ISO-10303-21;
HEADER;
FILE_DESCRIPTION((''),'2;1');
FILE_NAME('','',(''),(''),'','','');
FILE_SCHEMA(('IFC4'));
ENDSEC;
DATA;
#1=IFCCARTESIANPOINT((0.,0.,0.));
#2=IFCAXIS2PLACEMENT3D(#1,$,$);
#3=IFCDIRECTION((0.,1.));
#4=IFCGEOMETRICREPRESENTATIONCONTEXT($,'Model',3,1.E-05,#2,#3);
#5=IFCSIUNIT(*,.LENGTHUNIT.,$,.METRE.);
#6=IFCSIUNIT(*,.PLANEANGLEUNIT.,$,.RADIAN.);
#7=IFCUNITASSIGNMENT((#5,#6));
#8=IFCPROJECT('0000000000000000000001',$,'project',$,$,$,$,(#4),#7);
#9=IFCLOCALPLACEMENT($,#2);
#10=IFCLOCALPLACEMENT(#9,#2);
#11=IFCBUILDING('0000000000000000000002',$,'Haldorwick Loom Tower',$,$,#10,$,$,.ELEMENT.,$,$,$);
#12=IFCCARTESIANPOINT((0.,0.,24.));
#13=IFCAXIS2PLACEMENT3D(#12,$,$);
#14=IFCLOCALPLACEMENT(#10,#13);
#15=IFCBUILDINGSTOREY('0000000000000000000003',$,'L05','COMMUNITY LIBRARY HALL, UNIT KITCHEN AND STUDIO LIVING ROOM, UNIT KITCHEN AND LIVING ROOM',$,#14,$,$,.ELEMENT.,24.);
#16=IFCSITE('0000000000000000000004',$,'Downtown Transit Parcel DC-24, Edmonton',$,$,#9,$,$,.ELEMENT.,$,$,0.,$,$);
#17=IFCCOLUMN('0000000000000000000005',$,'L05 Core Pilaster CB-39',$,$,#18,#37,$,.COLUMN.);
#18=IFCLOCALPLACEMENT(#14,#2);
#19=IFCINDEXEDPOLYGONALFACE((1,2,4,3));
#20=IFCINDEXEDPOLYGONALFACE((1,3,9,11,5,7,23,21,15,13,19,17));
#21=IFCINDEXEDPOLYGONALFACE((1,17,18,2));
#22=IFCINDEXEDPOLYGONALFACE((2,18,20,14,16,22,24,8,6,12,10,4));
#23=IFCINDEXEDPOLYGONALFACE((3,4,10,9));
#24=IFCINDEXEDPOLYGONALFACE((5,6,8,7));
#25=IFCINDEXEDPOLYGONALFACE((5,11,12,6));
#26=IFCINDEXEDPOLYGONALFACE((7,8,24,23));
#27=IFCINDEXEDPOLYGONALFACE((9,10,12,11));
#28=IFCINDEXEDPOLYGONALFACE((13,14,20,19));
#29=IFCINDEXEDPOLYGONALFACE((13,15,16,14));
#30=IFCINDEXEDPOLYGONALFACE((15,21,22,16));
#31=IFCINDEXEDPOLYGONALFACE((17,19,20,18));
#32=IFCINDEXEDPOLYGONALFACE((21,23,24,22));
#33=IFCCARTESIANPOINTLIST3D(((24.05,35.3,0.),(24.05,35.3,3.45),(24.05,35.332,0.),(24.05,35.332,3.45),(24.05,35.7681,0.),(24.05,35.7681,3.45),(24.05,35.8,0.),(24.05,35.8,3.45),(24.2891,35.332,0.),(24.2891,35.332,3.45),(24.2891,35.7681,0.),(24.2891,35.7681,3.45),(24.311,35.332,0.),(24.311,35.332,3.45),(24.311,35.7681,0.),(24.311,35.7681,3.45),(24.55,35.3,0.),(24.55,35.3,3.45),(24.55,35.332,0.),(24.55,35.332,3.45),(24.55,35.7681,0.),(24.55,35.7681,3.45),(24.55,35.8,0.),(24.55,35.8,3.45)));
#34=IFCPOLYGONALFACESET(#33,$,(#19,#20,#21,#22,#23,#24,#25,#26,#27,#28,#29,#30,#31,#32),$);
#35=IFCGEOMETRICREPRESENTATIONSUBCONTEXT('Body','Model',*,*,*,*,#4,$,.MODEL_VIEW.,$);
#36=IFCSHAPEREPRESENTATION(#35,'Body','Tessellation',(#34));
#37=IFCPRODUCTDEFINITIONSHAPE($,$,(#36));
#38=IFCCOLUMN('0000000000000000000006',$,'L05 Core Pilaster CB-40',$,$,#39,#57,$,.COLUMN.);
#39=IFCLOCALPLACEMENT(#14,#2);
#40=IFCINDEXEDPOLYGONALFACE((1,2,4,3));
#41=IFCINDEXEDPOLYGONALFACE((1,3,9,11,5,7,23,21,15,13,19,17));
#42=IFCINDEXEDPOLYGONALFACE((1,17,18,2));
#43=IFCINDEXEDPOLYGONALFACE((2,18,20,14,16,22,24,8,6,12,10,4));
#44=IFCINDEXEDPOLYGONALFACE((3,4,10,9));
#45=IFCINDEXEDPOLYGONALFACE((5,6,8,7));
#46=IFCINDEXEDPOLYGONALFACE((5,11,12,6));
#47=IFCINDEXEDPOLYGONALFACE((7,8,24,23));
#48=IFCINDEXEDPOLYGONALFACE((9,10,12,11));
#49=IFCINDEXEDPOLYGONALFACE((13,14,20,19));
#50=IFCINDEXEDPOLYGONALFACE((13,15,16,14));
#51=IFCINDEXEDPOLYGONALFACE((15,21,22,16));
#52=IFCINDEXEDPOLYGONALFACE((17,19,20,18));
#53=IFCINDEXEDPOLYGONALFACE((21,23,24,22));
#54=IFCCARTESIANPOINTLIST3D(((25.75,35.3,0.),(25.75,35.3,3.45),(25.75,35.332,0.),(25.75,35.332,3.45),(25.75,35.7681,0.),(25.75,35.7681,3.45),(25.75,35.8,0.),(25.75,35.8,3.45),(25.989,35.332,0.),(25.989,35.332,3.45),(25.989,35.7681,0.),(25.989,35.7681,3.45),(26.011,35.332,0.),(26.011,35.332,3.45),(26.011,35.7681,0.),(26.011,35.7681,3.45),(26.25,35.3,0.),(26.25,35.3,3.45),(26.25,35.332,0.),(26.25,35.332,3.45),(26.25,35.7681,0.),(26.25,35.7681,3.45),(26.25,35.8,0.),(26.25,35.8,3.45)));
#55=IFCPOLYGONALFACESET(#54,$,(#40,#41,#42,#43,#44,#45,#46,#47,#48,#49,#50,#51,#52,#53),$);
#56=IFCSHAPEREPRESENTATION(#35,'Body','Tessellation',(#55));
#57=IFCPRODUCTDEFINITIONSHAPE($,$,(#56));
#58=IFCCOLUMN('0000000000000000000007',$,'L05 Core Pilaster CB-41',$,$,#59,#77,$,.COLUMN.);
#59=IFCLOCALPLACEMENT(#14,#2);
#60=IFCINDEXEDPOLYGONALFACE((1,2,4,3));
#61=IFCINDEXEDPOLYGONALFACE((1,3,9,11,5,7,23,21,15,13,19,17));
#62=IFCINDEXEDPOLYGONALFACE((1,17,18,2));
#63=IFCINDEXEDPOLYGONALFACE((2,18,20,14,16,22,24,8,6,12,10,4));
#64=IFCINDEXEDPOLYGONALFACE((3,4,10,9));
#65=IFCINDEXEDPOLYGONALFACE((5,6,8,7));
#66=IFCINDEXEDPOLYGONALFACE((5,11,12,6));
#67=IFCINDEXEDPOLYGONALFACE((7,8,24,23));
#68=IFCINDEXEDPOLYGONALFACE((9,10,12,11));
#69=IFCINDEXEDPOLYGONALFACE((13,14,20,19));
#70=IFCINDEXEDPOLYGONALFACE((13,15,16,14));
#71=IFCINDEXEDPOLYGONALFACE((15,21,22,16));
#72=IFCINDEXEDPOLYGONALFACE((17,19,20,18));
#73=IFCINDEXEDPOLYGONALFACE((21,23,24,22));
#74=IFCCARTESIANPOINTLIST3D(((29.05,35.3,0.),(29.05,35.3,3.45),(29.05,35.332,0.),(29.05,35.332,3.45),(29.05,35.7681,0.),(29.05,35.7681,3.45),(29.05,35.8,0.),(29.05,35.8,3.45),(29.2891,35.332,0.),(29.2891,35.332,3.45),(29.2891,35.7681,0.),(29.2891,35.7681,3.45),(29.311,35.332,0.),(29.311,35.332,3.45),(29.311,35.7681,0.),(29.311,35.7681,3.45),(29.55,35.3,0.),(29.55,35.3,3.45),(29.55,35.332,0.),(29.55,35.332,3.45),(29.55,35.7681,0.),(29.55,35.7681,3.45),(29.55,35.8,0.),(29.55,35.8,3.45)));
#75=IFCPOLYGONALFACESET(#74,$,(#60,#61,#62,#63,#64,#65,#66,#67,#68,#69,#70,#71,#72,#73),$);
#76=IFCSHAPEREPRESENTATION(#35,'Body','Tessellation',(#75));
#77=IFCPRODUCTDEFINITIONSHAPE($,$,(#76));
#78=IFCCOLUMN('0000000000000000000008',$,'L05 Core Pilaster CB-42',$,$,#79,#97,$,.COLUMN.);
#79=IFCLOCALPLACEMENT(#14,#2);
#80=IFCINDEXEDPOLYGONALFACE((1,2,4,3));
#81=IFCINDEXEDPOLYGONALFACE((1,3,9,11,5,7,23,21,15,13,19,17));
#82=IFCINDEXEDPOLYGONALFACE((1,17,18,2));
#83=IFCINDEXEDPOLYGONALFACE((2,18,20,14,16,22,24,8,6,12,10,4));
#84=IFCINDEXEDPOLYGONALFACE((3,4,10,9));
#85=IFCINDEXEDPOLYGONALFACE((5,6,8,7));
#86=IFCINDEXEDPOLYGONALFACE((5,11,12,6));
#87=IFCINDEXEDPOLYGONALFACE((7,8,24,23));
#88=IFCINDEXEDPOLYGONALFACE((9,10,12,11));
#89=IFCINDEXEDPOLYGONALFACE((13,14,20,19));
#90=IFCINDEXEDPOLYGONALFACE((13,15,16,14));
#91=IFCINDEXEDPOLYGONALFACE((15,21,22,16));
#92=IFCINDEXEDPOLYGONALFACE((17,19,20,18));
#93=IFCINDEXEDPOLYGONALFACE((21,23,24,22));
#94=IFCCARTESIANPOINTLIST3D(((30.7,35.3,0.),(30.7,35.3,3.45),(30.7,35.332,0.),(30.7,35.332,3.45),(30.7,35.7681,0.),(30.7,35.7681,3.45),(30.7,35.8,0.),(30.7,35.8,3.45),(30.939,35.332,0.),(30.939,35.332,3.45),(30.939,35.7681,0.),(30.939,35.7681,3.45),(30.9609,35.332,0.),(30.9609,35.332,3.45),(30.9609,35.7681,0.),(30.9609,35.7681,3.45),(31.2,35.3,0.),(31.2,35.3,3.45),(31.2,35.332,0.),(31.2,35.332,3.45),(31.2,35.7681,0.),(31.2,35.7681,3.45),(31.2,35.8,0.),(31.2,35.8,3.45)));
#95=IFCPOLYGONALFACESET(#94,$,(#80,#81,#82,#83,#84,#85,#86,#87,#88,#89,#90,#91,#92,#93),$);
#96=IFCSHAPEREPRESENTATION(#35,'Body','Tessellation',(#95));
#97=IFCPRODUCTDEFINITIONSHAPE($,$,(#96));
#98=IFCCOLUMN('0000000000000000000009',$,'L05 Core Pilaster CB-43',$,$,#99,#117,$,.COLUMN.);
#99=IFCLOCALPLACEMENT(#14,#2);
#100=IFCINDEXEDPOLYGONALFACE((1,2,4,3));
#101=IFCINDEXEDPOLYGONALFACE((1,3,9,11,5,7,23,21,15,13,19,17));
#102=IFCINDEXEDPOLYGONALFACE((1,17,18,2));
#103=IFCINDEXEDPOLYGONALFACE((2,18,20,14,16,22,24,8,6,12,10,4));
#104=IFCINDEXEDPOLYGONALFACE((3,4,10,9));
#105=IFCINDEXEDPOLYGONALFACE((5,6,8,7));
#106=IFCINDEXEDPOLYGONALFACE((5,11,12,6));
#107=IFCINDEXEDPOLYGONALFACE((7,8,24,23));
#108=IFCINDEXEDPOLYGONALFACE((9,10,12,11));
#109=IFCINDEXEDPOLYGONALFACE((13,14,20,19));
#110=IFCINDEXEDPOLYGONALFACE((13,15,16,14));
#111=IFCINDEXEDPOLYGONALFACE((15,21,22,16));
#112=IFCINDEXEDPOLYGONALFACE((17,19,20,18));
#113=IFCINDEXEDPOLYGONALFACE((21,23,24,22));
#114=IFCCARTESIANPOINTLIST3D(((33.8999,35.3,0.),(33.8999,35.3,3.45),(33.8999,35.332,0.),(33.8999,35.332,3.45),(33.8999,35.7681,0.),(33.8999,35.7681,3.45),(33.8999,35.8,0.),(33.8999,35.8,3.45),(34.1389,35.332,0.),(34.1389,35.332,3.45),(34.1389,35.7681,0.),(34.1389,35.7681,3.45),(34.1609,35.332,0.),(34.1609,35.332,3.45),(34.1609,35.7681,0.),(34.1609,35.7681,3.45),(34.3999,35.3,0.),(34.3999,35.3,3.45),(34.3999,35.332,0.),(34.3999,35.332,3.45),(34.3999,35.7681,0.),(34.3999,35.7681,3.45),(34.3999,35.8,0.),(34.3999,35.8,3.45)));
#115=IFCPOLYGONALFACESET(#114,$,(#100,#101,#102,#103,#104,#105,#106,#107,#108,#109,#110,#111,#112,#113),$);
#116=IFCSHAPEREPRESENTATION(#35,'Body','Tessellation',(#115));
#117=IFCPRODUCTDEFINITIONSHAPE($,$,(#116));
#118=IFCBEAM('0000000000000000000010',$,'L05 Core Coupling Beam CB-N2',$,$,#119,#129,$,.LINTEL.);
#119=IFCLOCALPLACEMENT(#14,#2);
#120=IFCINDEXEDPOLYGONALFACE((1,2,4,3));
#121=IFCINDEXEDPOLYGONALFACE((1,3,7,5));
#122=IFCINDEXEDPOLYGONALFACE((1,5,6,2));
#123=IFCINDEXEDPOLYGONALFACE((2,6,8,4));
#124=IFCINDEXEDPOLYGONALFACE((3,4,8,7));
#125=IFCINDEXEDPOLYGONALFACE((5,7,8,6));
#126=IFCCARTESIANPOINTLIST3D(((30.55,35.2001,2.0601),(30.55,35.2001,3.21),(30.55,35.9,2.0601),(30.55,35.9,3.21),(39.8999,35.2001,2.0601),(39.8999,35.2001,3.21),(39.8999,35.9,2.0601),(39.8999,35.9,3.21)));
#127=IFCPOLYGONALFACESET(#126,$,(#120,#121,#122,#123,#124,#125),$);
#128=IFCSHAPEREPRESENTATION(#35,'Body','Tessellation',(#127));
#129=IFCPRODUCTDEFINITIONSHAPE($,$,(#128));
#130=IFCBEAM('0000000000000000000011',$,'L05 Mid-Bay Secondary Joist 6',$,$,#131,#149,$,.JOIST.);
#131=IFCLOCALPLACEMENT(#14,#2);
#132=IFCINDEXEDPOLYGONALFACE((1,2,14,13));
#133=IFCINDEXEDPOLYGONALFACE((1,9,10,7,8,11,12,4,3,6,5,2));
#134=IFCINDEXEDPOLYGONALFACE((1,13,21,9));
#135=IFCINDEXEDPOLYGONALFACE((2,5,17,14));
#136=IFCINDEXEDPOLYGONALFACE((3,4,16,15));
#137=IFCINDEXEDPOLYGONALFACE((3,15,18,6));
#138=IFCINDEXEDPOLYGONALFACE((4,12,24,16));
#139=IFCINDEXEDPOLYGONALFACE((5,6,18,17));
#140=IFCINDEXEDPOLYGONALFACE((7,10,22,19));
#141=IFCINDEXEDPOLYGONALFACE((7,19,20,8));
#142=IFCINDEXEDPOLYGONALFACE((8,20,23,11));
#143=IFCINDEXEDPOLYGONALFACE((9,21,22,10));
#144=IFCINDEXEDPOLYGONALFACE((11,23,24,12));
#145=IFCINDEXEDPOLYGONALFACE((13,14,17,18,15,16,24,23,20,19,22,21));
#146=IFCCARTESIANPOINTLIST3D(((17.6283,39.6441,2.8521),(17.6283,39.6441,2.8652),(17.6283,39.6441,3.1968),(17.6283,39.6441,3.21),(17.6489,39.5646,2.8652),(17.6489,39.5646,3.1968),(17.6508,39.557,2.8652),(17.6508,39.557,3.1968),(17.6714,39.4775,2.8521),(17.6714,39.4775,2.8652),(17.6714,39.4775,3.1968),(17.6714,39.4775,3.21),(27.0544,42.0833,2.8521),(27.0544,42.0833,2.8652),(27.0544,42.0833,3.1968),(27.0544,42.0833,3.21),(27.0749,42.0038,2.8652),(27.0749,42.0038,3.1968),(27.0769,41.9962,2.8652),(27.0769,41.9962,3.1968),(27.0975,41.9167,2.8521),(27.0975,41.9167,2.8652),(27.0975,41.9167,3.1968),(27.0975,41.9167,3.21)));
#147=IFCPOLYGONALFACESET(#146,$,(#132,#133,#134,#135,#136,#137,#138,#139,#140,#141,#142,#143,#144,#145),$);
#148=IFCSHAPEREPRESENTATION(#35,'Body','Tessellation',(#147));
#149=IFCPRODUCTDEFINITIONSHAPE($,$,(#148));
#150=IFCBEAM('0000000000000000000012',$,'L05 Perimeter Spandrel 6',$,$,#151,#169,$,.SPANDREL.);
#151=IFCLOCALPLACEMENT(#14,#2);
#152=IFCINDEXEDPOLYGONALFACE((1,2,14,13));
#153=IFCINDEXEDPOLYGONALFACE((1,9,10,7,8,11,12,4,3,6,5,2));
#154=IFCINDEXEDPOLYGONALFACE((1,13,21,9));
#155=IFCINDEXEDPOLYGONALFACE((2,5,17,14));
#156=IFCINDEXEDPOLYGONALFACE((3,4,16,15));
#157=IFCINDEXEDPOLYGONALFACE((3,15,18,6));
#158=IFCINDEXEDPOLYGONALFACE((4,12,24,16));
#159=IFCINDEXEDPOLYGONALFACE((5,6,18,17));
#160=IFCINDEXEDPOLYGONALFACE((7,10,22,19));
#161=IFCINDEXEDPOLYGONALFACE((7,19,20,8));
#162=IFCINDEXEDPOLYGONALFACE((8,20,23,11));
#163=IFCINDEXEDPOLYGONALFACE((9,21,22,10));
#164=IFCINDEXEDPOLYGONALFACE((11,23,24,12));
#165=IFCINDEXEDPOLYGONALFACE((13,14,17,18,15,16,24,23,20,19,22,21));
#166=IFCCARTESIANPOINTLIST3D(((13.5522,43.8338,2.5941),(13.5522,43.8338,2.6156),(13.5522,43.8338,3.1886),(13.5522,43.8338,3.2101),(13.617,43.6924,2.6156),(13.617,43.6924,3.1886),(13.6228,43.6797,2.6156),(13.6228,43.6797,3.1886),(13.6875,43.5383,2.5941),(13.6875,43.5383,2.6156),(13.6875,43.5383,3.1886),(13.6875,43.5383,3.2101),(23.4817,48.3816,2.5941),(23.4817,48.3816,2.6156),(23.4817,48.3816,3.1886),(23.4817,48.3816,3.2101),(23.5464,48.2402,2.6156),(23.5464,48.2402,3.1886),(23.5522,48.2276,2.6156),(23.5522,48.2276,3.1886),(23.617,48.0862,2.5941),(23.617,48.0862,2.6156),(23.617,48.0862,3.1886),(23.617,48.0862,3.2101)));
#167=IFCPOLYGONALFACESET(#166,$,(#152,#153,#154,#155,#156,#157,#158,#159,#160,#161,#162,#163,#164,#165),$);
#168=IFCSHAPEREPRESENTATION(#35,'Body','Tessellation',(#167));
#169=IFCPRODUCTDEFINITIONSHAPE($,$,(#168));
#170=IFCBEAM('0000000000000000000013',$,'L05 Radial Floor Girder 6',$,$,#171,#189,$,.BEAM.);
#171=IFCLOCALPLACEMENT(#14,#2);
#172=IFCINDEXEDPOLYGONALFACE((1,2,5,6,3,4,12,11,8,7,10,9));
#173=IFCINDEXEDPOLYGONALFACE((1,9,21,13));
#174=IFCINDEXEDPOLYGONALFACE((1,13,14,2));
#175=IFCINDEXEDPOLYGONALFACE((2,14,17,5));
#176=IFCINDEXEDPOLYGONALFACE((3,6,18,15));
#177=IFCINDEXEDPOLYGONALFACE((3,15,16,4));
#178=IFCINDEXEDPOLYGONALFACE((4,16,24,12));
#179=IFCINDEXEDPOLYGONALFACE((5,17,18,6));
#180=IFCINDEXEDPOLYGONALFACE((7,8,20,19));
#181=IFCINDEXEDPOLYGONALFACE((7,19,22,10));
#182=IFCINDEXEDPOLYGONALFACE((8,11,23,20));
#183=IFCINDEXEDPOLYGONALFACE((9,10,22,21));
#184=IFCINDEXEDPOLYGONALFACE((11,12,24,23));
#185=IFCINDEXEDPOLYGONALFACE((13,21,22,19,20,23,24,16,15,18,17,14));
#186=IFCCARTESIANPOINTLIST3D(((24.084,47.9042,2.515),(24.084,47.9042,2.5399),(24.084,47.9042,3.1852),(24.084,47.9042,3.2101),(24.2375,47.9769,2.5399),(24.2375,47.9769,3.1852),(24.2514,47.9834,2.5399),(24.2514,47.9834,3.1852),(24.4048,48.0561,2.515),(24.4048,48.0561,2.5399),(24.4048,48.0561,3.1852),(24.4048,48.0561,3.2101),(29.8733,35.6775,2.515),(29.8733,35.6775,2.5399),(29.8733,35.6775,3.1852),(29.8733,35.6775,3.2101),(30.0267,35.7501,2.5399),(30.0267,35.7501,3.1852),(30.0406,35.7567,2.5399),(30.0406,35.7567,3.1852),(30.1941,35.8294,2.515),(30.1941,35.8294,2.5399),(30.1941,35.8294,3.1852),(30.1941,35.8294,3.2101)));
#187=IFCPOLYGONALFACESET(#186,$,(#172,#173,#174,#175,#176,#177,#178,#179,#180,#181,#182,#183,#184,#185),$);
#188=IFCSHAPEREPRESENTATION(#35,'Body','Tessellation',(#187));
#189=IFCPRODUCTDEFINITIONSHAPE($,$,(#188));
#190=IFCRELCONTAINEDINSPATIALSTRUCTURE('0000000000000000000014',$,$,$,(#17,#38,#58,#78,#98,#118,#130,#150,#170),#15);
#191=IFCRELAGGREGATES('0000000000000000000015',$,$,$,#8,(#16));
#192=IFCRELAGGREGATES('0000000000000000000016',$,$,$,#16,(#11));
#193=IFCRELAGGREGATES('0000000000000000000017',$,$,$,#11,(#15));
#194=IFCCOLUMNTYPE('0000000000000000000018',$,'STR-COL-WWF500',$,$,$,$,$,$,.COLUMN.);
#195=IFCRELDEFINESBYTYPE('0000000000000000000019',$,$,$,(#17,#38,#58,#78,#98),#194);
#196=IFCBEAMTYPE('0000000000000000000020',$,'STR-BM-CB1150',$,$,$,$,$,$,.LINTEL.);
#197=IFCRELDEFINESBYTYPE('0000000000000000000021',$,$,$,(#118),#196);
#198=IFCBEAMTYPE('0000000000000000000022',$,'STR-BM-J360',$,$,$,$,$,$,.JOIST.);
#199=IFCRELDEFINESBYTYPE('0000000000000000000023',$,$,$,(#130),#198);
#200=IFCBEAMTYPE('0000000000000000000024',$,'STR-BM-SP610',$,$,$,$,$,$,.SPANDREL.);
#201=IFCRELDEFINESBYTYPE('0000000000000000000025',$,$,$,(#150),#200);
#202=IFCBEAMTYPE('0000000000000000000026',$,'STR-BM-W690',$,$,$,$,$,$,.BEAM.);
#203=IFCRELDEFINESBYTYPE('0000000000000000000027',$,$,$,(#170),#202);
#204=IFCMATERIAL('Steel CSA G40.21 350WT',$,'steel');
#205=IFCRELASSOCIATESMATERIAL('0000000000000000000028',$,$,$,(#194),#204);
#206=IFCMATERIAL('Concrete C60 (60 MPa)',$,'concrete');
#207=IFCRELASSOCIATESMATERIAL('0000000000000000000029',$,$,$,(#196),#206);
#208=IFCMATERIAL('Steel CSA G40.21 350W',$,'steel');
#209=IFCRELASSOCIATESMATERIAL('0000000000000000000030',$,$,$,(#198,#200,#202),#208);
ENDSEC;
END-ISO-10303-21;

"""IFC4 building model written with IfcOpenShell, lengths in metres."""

from ifc_helpers import new_model, si_unit, direction, frame, origin, origin_2d, place, context, subcontext, project, spatial, rectangle, i_section, extrude, material, material_profile, profile_set, type_object, element, save


model = new_model("IFC4")

# Units and contexts
model_context = context("Model", 3, precision=1e-05, world=origin(), true_north=direction((0.0, 1.0)))
body_context = subcontext(model_context, "Body", "Model", "MODEL_VIEW")
ifc_project = project(units=[si_unit("LENGTHUNIT", "METRE"), si_unit("PLANEANGLEUNIT", "RADIAN")], contexts=[model_context])

# Site, building, storey
site_placement = place(None, origin())
site = spatial("IfcSite", under=ifc_project, at=site_placement, Name="Downtown Transit Parcel DC-24, Edmonton", CompositionType="ELEMENT", RefElevation=0.0)
building_placement = place(site_placement, origin())
building = spatial("IfcBuilding", under=site, at=building_placement, Name="Haldorwick Loom Tower", CompositionType="ELEMENT")
storey_placement = place(building_placement, frame((0.0, 0.0, 24.0)))
storey = spatial("IfcBuildingStorey", under=building, at=storey_placement, Name="L05", Description="COMMUNITY LIBRARY HALL, UNIT KITCHEN AND STUDIO LIVING ROOM, UNIT KITCHEN AND LIVING ROOM", CompositionType="ELEMENT", Elevation=24.0)

# Columns
ifc_material_1 = material(Name="Concrete C60 (60 MPa)", Category="concrete")
ifc_material_2 = material(Name="Steel CSA G40.21 350WT", Category="steel")
ifc_material_profile_1 = material_profile(ifc_material_2, i_section(OverallWidth=0.5, OverallDepth=0.5, WebThickness=0.022, FlangeThickness=0.032, at=origin_2d()), Name="WWF500X500", Category="steel")
ifc_profile_set_1 = profile_set([ifc_material_profile_1], Name="Steel CSA G40.21 350WT")
column_type_1 = type_object("IfcColumnType", Name="STR-COL-WWF500", PredefinedType="COLUMN", material=ifc_profile_set_1)
for number, where, z_axis, x_axis, name in (
    (1, (24.3, 35.55, 0.0), (0.0, 0.0, 1.0), (1.0, 0.0, 0.0), "L05 Core Pilaster CB-39"),
    (2, (26.0, 35.55, 0.0), (0.0, 0.0, 1.0), (1.0, 0.0, 0.0), "L05 Core Pilaster CB-40"),
    (3, (29.3, 35.55, 0.0), (0.0, 0.0, 1.0), (1.0, 0.0, 0.0), "L05 Core Pilaster CB-41"),
    (4, (30.95, 35.55, 0.0), (0.0, 0.0, 1.0), (1.0, 0.0, 0.0), "L05 Core Pilaster CB-42"),
    (5, (34.1499, 35.55, 0.0), (0.0, 0.0, 1.0), (1.0, 0.0, 0.0), "L05 Core Pilaster CB-43"),
):
    element("IfcColumn", number, at=place(storey_placement, frame(where, z_axis=z_axis, x_axis=x_axis)), inside=storey, type_object=column_type_1, Name=name, PredefinedType="COLUMN", context=body_context, shape_type="SweptSolid", body=[
        extrude(i_section(OverallWidth=0.5, OverallDepth=0.5, WebThickness=0.022, FlangeThickness=0.032, at=origin_2d()), origin(), (0.0, 0.0, 1.0), 3.45),
    ])

# Beams
ifc_material_profile_2 = material_profile(ifc_material_1, rectangle(XDim=0.7, YDim=1.1499, at=origin_2d()), Name="RC700X1150", Category="concrete")
ifc_profile_set_2 = profile_set([ifc_material_profile_2], Name="Concrete C60 (60 MPa)")
beam_type_1 = type_object("IfcBeamType", Name="STR-BM-CB1150", PredefinedType="LINTEL", material=ifc_profile_set_2)
beam_1_placement = place(storey_placement, frame((30.55, 35.55, 2.635), z_axis=(1.0, 0.0, 0.0), x_axis=(0.0, 1.0, 0.0)))
element("IfcBeam", 6, at=beam_1_placement, inside=storey, type_object=beam_type_1, Name="L05 Core Coupling Beam CB-N2", PredefinedType="LINTEL", context=body_context, shape_type="SweptSolid", body=[
    extrude(rectangle(XDim=0.7, YDim=1.1499, at=origin_2d()), origin(), (0.0, 0.0, 1.0), 9.3499),
])
ifc_material_3 = material(Name="Steel CSA G40.21 350W", Category="steel")
ifc_material_profile_3 = material_profile(ifc_material_3, i_section(OverallWidth=0.1721, OverallDepth=0.3579, WebThickness=0.0078, FlangeThickness=0.0132, at=origin_2d()), Name="W360X57", Category="steel")
ifc_profile_set_3 = profile_set([ifc_material_profile_3], Name="Steel CSA G40.21 350W")
beam_type_2 = type_object("IfcBeamType", Name="STR-BM-J360", PredefinedType="JOIST", material=ifc_profile_set_3)
beam_2_placement = place(storey_placement, frame((27.0759, 42.0, 3.031), z_axis=(-0.968111, -0.250522, 0.0), x_axis=(0.250522, -0.968111, 0.0)))
element("IfcBeam", 7, at=beam_2_placement, inside=storey, type_object=beam_type_2, Name="L05 Mid-Bay Secondary Joist 6", PredefinedType="JOIST", context=body_context, shape_type="SweptSolid", body=[
    extrude(i_section(OverallWidth=0.1721, OverallDepth=0.3579, WebThickness=0.0078, FlangeThickness=0.0132, at=origin_2d()), origin(), (0.0, 0.0, 1.0), 9.7366),
])
ifc_material_profile_4 = material_profile(ifc_material_3, i_section(OverallWidth=0.325, OverallDepth=0.616, WebThickness=0.0139, FlangeThickness=0.0215, at=origin_2d()), Name="W610X174", Category="steel")
ifc_profile_set_4 = profile_set([ifc_material_profile_4], Name="Steel CSA G40.21 350W")
beam_type_3 = type_object("IfcBeamType", Name="STR-BM-SP610", PredefinedType="SPANDREL", material=ifc_profile_set_4)
beam_3_placement = place(storey_placement, frame((23.5493, 48.2339, 2.9021), z_axis=(-0.909174, -0.416417, 0.0), x_axis=(0.416417, -0.909174, 0.0)))
element("IfcBeam", 8, at=beam_3_placement, inside=storey, type_object=beam_type_3, Name="L05 Perimeter Spandrel 6", PredefinedType="SPANDREL", context=body_context, shape_type="SweptSolid", body=[
    extrude(i_section(OverallWidth=0.325, OverallDepth=0.616, WebThickness=0.0139, FlangeThickness=0.0215, at=origin_2d()), origin(), (0.0, 0.0, 1.0), 10.9214),
])
ifc_material_profile_5 = material_profile(ifc_material_3, i_section(OverallWidth=0.355, OverallDepth=0.6951, WebThickness=0.0154, FlangeThickness=0.0249, at=origin_2d()), Name="W690X217", Category="steel")
ifc_profile_set_5 = profile_set([ifc_material_profile_5], Name="Steel CSA G40.21 350W")
beam_type_4 = type_object("IfcBeamType", Name="STR-BM-W690", PredefinedType="BEAM", material=ifc_profile_set_5)
beam_4_placement = place(storey_placement, frame((30.0337, 35.7534, 2.8625), z_axis=(-0.427945, 0.903805, 0.0), x_axis=(-0.903805, -0.427945, 0.0)))
element("IfcBeam", 9, at=beam_4_placement, inside=storey, type_object=beam_type_4, Name="L05 Radial Floor Girder 6", PredefinedType="BEAM", context=body_context, shape_type="SweptSolid", body=[
    extrude(i_section(OverallWidth=0.355, OverallDepth=0.6951, WebThickness=0.0154, FlangeThickness=0.0249, at=origin_2d()), origin(), (0.0, 0.0, 1.0), 13.5281),
])

save(model, "model.ifc")
